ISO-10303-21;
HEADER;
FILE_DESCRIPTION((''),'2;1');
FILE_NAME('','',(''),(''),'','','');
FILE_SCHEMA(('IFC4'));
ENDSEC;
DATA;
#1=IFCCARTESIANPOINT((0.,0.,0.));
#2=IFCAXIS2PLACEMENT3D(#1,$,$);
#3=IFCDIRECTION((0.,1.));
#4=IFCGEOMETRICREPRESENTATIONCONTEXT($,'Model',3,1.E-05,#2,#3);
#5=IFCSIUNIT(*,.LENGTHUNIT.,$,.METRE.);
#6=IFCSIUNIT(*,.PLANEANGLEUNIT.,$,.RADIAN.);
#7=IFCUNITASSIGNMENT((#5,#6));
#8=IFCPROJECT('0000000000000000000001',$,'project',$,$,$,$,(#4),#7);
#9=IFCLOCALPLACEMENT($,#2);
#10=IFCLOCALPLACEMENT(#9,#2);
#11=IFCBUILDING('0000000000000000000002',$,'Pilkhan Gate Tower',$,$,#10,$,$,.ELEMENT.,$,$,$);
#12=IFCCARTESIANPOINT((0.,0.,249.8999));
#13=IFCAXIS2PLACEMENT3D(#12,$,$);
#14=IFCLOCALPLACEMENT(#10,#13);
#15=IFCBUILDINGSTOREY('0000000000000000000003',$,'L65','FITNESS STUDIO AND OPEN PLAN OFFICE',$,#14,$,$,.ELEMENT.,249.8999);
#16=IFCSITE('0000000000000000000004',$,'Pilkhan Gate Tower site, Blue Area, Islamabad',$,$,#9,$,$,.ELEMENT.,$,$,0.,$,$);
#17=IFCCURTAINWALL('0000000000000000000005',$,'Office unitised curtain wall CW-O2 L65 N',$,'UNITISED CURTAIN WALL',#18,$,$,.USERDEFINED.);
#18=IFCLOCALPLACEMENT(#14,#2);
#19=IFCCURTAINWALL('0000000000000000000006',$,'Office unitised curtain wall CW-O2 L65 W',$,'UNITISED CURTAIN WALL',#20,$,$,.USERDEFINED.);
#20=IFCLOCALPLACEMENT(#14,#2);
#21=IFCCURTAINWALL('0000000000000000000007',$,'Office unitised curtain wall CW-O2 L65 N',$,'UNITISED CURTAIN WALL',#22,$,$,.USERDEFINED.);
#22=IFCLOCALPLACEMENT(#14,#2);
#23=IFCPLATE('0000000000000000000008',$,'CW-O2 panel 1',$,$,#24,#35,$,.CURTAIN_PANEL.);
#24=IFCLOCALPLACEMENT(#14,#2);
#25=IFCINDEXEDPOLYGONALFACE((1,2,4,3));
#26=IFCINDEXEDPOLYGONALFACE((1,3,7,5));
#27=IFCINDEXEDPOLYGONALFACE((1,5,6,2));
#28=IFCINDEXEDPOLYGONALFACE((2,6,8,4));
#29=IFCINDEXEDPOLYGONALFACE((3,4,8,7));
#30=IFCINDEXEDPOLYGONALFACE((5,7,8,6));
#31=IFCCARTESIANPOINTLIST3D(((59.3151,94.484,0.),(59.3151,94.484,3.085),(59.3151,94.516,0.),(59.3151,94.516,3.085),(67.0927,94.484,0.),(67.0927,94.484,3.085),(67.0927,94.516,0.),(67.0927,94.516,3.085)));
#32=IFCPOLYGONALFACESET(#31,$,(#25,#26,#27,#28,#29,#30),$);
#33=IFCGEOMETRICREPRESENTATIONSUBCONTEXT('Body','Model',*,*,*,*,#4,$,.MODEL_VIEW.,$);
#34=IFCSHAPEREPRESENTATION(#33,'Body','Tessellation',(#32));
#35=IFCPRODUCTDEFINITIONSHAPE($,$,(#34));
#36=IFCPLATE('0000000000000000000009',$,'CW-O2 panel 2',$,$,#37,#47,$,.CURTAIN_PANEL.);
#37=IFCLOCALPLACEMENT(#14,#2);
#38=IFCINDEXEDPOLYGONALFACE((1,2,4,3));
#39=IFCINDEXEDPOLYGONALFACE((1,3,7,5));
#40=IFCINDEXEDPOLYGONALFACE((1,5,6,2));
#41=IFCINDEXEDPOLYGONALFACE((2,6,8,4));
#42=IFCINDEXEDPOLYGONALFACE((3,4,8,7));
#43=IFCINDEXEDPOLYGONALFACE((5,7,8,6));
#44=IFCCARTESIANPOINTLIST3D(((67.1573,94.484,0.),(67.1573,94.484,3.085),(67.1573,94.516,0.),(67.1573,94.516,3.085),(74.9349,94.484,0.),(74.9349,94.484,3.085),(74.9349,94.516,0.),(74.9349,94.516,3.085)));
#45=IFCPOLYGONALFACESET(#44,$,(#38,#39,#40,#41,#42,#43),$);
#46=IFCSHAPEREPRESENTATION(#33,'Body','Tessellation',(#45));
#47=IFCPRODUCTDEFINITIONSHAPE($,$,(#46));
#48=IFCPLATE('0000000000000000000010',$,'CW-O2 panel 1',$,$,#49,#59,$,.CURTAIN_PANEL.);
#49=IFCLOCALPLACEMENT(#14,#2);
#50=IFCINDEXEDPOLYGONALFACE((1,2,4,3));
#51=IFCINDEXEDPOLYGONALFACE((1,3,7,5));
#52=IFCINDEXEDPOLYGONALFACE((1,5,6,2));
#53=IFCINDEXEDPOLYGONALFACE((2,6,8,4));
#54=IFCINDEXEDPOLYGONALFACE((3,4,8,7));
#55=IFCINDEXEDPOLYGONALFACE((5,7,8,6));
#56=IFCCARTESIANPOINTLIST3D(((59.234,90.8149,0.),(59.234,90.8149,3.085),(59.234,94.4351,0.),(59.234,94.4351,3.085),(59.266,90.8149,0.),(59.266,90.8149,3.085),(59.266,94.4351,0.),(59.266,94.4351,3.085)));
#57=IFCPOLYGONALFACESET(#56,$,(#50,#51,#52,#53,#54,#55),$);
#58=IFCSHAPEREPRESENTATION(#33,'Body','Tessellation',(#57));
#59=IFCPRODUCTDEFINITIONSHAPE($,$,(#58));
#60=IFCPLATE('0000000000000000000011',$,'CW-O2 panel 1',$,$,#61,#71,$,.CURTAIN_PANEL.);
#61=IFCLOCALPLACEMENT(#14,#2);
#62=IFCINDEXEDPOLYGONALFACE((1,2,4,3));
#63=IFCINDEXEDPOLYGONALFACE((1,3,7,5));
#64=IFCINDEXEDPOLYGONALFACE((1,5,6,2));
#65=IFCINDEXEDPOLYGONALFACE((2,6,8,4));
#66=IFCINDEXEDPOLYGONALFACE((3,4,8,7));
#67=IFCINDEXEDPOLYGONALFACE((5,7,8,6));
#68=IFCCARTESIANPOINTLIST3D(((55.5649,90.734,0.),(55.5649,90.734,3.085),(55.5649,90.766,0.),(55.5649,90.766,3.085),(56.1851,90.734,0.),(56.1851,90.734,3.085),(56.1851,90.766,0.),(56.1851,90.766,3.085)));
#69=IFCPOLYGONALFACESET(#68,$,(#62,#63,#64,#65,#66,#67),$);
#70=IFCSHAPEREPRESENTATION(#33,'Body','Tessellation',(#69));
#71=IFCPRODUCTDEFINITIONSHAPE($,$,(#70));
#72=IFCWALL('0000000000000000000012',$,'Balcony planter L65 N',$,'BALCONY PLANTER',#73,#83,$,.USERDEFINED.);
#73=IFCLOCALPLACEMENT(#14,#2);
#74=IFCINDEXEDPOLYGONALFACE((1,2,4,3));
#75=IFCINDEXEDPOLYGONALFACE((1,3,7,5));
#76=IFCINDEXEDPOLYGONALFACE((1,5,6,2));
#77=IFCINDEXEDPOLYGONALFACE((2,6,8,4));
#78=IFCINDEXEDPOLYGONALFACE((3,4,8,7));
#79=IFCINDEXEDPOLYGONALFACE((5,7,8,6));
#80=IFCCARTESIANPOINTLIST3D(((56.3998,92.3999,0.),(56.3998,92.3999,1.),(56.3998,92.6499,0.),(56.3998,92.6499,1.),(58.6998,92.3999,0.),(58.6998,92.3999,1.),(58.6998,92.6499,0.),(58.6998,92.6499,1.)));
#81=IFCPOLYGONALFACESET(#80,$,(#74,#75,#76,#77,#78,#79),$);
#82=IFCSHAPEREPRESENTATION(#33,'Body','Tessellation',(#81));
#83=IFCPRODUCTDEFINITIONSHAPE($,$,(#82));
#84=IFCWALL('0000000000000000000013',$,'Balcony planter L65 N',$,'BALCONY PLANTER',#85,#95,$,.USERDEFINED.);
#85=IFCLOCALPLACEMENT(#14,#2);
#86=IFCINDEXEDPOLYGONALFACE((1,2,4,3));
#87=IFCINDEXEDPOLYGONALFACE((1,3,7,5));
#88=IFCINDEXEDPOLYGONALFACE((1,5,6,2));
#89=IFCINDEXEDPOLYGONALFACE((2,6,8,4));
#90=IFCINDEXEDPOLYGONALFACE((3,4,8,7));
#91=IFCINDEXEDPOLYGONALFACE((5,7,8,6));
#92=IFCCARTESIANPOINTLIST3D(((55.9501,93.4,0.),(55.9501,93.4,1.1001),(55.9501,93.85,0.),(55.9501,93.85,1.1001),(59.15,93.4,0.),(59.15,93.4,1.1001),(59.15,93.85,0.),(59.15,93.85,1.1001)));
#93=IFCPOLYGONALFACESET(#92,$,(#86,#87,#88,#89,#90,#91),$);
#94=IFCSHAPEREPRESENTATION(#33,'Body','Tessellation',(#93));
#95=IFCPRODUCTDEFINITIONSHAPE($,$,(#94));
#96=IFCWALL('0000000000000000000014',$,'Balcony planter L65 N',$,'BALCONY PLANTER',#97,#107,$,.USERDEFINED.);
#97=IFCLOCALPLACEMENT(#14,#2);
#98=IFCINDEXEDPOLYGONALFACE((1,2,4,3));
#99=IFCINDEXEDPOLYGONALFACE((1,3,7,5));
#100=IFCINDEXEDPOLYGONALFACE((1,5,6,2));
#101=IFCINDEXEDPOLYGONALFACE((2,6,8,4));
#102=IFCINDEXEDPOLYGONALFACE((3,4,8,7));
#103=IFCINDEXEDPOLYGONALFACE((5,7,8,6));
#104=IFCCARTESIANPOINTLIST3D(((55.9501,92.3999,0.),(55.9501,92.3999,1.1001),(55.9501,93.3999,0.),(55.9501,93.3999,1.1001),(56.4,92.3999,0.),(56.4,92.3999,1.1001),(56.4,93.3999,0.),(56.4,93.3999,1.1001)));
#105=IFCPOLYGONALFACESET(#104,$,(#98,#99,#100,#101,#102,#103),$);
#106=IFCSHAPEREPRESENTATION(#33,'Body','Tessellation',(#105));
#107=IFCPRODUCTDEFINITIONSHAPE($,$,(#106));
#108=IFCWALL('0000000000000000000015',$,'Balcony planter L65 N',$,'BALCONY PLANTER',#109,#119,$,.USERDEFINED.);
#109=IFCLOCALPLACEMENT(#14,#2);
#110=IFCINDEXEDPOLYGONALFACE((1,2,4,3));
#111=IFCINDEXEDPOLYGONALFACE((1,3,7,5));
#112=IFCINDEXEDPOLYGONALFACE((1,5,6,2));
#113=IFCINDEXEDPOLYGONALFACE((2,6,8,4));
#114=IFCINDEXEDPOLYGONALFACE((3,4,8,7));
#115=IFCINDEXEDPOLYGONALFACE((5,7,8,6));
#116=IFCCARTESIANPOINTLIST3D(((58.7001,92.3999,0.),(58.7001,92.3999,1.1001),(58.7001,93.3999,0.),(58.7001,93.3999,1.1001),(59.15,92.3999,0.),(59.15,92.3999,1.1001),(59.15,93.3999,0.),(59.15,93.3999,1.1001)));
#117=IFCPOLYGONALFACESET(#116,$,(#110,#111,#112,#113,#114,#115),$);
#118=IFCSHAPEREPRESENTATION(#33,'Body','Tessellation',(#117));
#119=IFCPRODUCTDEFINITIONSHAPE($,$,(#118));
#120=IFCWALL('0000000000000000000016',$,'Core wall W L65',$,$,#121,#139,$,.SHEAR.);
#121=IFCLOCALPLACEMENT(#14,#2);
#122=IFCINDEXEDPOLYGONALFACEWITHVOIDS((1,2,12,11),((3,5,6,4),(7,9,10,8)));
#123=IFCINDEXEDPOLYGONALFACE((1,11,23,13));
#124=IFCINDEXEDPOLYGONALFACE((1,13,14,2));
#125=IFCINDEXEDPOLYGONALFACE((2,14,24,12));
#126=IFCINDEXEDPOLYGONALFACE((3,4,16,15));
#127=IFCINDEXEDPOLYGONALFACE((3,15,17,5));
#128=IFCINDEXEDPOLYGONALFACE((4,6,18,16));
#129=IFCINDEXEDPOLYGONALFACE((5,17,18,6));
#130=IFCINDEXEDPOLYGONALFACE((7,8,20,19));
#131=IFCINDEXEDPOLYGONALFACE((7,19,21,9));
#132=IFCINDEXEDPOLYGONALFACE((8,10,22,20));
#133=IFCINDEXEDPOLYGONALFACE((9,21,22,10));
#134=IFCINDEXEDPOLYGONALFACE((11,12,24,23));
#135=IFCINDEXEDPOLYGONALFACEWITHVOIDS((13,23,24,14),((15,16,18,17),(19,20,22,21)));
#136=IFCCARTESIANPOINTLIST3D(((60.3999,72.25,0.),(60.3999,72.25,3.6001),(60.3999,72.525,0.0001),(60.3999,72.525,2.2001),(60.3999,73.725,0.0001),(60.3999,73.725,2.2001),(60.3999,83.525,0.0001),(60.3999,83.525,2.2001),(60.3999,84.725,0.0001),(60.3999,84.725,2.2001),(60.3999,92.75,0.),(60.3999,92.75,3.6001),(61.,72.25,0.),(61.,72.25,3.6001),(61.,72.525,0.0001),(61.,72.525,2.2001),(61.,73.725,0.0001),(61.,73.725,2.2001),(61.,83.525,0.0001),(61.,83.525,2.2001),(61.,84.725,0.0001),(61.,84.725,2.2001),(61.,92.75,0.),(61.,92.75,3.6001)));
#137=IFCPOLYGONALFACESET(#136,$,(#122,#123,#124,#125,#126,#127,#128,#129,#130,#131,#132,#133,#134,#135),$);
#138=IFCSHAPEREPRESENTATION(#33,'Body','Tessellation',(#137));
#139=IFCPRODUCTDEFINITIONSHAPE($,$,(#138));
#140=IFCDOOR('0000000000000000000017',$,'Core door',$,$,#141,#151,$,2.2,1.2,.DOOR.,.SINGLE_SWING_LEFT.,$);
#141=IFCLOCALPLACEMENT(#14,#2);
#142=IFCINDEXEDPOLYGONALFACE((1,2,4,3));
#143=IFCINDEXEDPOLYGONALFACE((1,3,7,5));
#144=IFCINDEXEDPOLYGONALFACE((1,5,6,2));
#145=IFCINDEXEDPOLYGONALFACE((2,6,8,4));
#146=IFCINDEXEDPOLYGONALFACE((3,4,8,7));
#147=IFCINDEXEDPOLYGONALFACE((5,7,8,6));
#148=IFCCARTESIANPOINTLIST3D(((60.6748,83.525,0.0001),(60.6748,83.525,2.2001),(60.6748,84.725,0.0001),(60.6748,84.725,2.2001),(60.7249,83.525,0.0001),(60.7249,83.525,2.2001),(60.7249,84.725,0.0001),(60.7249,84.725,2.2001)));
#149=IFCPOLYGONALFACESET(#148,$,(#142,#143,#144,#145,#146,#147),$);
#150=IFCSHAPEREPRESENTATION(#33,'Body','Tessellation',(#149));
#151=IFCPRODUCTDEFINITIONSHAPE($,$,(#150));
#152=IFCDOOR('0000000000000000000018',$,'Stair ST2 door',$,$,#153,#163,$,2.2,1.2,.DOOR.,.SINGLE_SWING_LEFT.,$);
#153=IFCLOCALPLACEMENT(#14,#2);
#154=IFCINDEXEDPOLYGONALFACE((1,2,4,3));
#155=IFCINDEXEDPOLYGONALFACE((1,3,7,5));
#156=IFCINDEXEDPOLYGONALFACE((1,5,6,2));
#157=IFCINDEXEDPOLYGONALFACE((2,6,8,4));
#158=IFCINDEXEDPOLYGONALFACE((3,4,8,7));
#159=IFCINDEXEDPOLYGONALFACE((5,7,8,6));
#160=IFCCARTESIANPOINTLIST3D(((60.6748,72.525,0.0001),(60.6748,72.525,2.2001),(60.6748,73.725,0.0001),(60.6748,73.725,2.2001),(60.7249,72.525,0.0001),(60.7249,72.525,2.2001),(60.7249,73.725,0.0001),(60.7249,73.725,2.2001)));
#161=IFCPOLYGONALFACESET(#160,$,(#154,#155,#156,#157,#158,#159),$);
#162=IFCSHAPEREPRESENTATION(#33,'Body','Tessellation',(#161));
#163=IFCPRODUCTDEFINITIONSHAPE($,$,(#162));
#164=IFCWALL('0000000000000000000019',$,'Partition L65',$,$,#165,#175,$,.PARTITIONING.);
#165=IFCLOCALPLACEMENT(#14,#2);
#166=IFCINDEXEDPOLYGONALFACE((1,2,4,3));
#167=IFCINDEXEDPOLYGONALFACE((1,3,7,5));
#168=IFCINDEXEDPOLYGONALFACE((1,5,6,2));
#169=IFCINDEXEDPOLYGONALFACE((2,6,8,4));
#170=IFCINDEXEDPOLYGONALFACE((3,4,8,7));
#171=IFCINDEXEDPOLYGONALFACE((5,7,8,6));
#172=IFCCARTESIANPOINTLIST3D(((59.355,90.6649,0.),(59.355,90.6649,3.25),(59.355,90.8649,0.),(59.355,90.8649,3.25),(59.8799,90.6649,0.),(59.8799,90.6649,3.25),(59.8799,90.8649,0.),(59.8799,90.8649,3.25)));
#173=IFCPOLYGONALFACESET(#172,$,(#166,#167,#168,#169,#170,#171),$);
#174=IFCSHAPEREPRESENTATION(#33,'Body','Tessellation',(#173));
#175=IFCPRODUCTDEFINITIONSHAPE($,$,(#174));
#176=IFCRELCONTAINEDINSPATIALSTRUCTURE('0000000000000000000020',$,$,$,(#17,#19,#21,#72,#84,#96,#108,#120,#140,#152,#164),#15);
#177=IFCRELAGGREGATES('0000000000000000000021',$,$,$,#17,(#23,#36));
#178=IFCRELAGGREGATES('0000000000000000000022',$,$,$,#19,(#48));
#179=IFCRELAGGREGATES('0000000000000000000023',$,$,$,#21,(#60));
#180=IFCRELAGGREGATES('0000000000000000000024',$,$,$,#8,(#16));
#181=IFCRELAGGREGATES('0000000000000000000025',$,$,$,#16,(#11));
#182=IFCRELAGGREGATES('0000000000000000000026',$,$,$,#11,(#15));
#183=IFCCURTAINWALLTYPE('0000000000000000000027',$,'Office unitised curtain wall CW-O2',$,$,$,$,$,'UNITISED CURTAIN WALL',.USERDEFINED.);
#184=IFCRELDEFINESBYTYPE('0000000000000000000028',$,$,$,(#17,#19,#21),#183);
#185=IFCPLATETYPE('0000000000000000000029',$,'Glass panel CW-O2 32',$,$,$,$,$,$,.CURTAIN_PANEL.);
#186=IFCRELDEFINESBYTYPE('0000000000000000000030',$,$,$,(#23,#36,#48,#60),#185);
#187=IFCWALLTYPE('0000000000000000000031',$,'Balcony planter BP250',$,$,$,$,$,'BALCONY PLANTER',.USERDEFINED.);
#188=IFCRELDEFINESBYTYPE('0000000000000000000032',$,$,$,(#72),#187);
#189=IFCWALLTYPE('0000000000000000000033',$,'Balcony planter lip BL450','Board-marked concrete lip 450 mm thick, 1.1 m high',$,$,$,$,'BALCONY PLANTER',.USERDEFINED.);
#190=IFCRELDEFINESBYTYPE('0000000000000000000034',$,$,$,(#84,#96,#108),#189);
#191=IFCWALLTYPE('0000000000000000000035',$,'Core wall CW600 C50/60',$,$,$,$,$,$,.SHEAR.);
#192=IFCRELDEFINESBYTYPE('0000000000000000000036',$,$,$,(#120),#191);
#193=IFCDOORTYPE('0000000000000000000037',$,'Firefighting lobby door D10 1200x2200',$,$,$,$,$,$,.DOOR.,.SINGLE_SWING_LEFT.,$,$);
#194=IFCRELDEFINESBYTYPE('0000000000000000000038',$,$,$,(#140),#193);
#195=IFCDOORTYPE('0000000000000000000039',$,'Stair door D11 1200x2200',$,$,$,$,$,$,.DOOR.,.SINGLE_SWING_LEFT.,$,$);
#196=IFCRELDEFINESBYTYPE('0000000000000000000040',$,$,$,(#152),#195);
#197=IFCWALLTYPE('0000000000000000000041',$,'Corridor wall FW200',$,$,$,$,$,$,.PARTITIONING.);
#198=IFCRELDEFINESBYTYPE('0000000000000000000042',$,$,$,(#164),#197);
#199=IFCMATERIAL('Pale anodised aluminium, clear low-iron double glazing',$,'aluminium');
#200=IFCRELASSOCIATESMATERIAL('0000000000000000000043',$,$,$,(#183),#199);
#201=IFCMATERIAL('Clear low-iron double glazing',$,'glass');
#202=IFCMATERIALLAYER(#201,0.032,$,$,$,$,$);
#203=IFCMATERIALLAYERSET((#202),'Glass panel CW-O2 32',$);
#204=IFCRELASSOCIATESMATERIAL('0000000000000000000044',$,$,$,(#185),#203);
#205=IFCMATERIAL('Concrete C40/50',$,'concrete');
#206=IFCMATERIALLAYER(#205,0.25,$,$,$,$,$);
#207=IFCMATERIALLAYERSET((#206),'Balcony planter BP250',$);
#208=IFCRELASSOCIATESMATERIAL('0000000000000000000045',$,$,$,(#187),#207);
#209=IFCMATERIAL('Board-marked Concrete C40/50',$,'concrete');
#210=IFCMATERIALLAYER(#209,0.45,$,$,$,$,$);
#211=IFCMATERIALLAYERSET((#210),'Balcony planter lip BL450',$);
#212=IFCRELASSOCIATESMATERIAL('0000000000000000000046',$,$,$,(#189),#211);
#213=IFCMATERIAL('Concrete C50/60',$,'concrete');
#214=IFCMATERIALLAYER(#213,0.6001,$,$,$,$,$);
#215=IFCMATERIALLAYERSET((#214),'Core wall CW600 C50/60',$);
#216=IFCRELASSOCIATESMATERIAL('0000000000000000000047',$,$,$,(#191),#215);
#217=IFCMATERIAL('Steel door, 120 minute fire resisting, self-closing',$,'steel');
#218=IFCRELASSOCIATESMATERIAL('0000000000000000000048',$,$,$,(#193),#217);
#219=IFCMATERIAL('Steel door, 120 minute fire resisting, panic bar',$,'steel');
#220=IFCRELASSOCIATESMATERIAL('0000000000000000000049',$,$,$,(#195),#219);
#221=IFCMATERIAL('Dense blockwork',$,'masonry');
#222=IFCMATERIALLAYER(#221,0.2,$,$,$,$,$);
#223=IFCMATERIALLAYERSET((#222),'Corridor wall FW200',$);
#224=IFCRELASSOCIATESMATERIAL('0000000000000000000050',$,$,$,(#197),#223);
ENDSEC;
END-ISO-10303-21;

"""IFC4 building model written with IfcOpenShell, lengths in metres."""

from ifc_helpers import new_model, si_unit, direction, frame, frame_2d, origin, origin_2d, place, context, subcontext, project, spatial, rectangle, extrude, material, layer, layer_set, type_object, element, fill, aggregate, save


model = new_model("IFC4")

# Units and contexts
model_context = context("Model", 3, precision=1e-05, world=origin(), true_north=direction((0.0, 1.0)))
body_context = subcontext(model_context, "Body", "Model", "MODEL_VIEW")
ifc_project = project(units=[si_unit("LENGTHUNIT", "METRE"), si_unit("PLANEANGLEUNIT", "RADIAN")], contexts=[model_context])

# Site, building, storey
site_placement = place(None, origin())
site = spatial("IfcSite", under=ifc_project, at=site_placement, Name="Pilkhan Gate Tower site, Blue Area, Islamabad", CompositionType="ELEMENT", RefElevation=0.0)
building_placement = place(site_placement, origin())
building = spatial("IfcBuilding", under=site, at=building_placement, Name="Pilkhan Gate Tower", CompositionType="ELEMENT")
storey_placement = place(building_placement, frame((0.0, 0.0, 249.8999)))
storey = spatial("IfcBuildingStorey", under=building, at=storey_placement, Name="L65", Description="FITNESS STUDIO AND OPEN PLAN OFFICE", CompositionType="ELEMENT", Elevation=249.8999)

# Shared definitions
ifc_material_1 = material(Name="Concrete C50/60", Category="concrete")

# Curtain walls
ifc_material_2 = material(Name="Pale anodised aluminium, clear low-iron double glazing", Category="aluminium")
curtain_wall_type = type_object("IfcCurtainWallType", Name="Office unitised curtain wall CW-O2", ElementType="UNITISED CURTAIN WALL", PredefinedType="USERDEFINED", material=ifc_material_2)
curtain_wall_1_placement = place(storey_placement, origin())
curtain_wall_1 = element("IfcCurtainWall", 1, at=curtain_wall_1_placement, inside=storey, type_object=curtain_wall_type, Name="Office unitised curtain wall CW-O2 L65 N", ObjectType="UNITISED CURTAIN WALL", PredefinedType="USERDEFINED")
curtain_wall_2_placement = place(storey_placement, origin())
curtain_wall_2 = element("IfcCurtainWall", 2, at=curtain_wall_2_placement, inside=storey, type_object=curtain_wall_type, Name="Office unitised curtain wall CW-O2 L65 W", ObjectType="UNITISED CURTAIN WALL", PredefinedType="USERDEFINED")
curtain_wall_3_placement = place(storey_placement, origin())
curtain_wall_3 = element("IfcCurtainWall", 3, at=curtain_wall_3_placement, inside=storey, type_object=curtain_wall_type, Name="Office unitised curtain wall CW-O2 L65 N", ObjectType="UNITISED CURTAIN WALL", PredefinedType="USERDEFINED")

# Plates
ifc_material_3 = material(Name="Clear low-iron double glazing", Category="glass")
ifc_layer_1 = layer(ifc_material_3, 0.032)
ifc_layer_set_1 = layer_set([ifc_layer_1], Name="Glass panel CW-O2 32")
plate_type = type_object("IfcPlateType", Name="Glass panel CW-O2 32", PredefinedType="CURTAIN_PANEL", material=ifc_layer_set_1)
plate_1_placement = place(storey_placement, frame((63.2039, 94.5, 0.0), z_axis=(0.0, 0.0, 1.0), x_axis=(1.0, 0.0, 0.0)))
plate_1 = element("IfcPlate", 4, at=plate_1_placement, type_object=plate_type, Name="CW-O2 panel 1", PredefinedType="CURTAIN_PANEL", context=body_context, shape_type="SweptSolid", body=[
    extrude(rectangle(XDim=7.7776, YDim=0.032, at=origin_2d()), origin(), (0.0, 0.0, 1.0), 3.085),
])
plate_2_placement = place(storey_placement, frame((71.0461, 94.5, 0.0), z_axis=(0.0, 0.0, 1.0), x_axis=(1.0, 0.0, 0.0)))
plate_2 = element("IfcPlate", 5, at=plate_2_placement, type_object=plate_type, Name="CW-O2 panel 2", PredefinedType="CURTAIN_PANEL", context=body_context, shape_type="SweptSolid", body=[
    extrude(rectangle(XDim=7.7776, YDim=0.032, at=origin_2d()), origin(), (0.0, 0.0, 1.0), 3.085),
])
aggregate(curtain_wall_1, [plate_1, plate_2])
plate_3_placement = place(storey_placement, frame((59.25, 92.625, 0.0), z_axis=(0.0, 0.0, 1.0), x_axis=(0.0, 1.0, 0.0)))
plate_3 = element("IfcPlate", 6, at=plate_3_placement, type_object=plate_type, Name="CW-O2 panel 1", PredefinedType="CURTAIN_PANEL", context=body_context, shape_type="SweptSolid", body=[
    extrude(rectangle(XDim=3.6201, YDim=0.032, at=origin_2d()), origin(), (0.0, 0.0, 1.0), 3.085),
])
aggregate(curtain_wall_2, [plate_3])
plate_4_placement = place(storey_placement, frame((55.875, 90.75, 0.0), z_axis=(0.0, 0.0, 1.0), x_axis=(1.0, 0.0, 0.0)))
plate_4 = element("IfcPlate", 7, at=plate_4_placement, type_object=plate_type, Name="CW-O2 panel 1", PredefinedType="CURTAIN_PANEL", context=body_context, shape_type="SweptSolid", body=[
    extrude(rectangle(XDim=0.6201, YDim=0.032, at=origin_2d()), origin(), (0.0, 0.0, 1.0), 3.085),
])
aggregate(curtain_wall_3, [plate_4])

# Walls
ifc_material_4 = material(Name="Concrete C40/50", Category="concrete")
ifc_layer_2 = layer(ifc_material_4, 0.25)
ifc_layer_set_2 = layer_set([ifc_layer_2], Name="Balcony planter BP250")
wall_type_1 = type_object("IfcWallType", Name="Balcony planter BP250", ElementType="BALCONY PLANTER", PredefinedType="USERDEFINED", material=ifc_layer_set_2)
wall_1_placement = place(storey_placement, frame((56.3999, 92.5249, 0.0), z_axis=(0.0, 0.0, 1.0), x_axis=(1.0, 0.0, 0.0)))
element("IfcWall", 8, at=wall_1_placement, inside=storey, type_object=wall_type_1, Name="Balcony planter L65 N", ObjectType="BALCONY PLANTER", PredefinedType="USERDEFINED", context=body_context, shape_type="SweptSolid", body=[
    extrude(rectangle(XDim=2.3, YDim=0.25, at=frame_2d((1.1499, 0.0))), origin(), (0.0, 0.0, 1.0), 1.0),
])
ifc_material_5 = material(Name="Board-marked Concrete C40/50", Category="concrete")
ifc_layer_3 = layer(ifc_material_5, 0.45)
ifc_layer_set_3 = layer_set([ifc_layer_3], Name="Balcony planter lip BL450")
wall_type_2 = type_object("IfcWallType", Name="Balcony planter lip BL450", Description="Board-marked concrete lip 450 mm thick, 1.1 m high", ElementType="BALCONY PLANTER", PredefinedType="USERDEFINED", material=ifc_layer_set_3)
wall_2_placement = place(storey_placement, frame((55.95, 93.625, 0.0), z_axis=(0.0, 0.0, 1.0), x_axis=(1.0, 0.0, 0.0)))
element("IfcWall", 9, at=wall_2_placement, inside=storey, type_object=wall_type_2, Name="Balcony planter L65 N", ObjectType="BALCONY PLANTER", PredefinedType="USERDEFINED", context=body_context, shape_type="SweptSolid", body=[
    extrude(rectangle(XDim=3.2, YDim=0.45, at=frame_2d((1.6001, 0.0))), origin(), (0.0, 0.0, 1.0), 1.1001),
])
for number, where, z_axis, x_axis, name in (
    (10, (56.175, 92.3999, 0.0), (0.0, 0.0, 1.0), (0.0, 1.0, 0.0), "Balcony planter L65 N"),
    (11, (58.925, 92.3999, 0.0), (0.0, 0.0, 1.0), (0.0, 1.0, 0.0), "Balcony planter L65 N"),
):
    element("IfcWall", number, at=place(storey_placement, frame(where, z_axis=z_axis, x_axis=x_axis)), inside=storey, type_object=wall_type_2, Name=name, ObjectType="BALCONY PLANTER", PredefinedType="USERDEFINED", context=body_context, shape_type="SweptSolid", body=[
        extrude(rectangle(XDim=1.0, YDim=0.45, at=frame_2d((0.5, 0.0))), origin(), (0.0, 0.0, 1.0), 1.1001),
    ])

# Wall, openings, doors
ifc_layer_4 = layer(ifc_material_1, 0.6001)
ifc_layer_set_4 = layer_set([ifc_layer_4], Name="Core wall CW600 C50/60")
wall_type_3 = type_object("IfcWallType", Name="Core wall CW600 C50/60", PredefinedType="SHEAR", material=ifc_layer_set_4)
wall_3_placement = place(storey_placement, frame((60.7, 92.75, 0.0), z_axis=(0.0, 0.0, 1.0), x_axis=(0.0, -1.0, 0.0)))
wall_3 = element("IfcWall", 12, at=wall_3_placement, inside=storey, type_object=wall_type_3, Name="Core wall W L65", PredefinedType="SHEAR", context=body_context, shape_type="SweptSolid", body=[
    extrude(rectangle(XDim=20.5, YDim=0.6001, at=frame_2d((10.25, 0.0))), origin(), (0.0, 0.0, 1.0), 3.6001),
])
opening_1_placement = place(wall_3_placement, frame((19.0249, 0.0, 0.0)))
opening_1 = element("IfcOpeningElement", 13, at=opening_1_placement, cuts=wall_3, PredefinedType="OPENING", context=body_context, shape_type="SweptSolid", body=[
    extrude(rectangle(XDim=1.2, YDim=2.2, at=frame_2d((0.6001, 1.1001))), frame((0.0, 0.3101, 0.0), z_axis=(0.0, -1.0, 0.0), x_axis=(1.0, 0.0, 0.0)), (0.0, 0.0, 1.0), 0.6201),
])
opening_2_placement = place(wall_3_placement, frame((8.0249, 0.0, 0.0)))
opening_2 = element("IfcOpeningElement", 14, at=opening_2_placement, cuts=wall_3, PredefinedType="OPENING", context=body_context, shape_type="SweptSolid", body=[
    extrude(rectangle(XDim=1.2, YDim=2.2, at=frame_2d((0.6001, 1.1001))), frame((0.0, 0.3101, 0.0), z_axis=(0.0, -1.0, 0.0), x_axis=(1.0, 0.0, 0.0)), (0.0, 0.0, 1.0), 0.6201),
])
ifc_material_6 = material(Name="Steel door, 120 minute fire resisting, self-closing", Category="steel")
door_type_1 = type_object("IfcDoorType", Name="Firefighting lobby door D10 1200x2200", OperationType="SINGLE_SWING_LEFT", PredefinedType="DOOR", material=ifc_material_6)
door_1_placement = place(opening_2_placement, origin())
door_1 = element("IfcDoor", 15, at=door_1_placement, inside=storey, type_object=door_type_1, Name="Core door", OperationType="SINGLE_SWING_LEFT", OverallHeight=2.2, OverallWidth=1.2, PredefinedType="DOOR", context=body_context, shape_type="SweptSolid", body=[
    extrude(rectangle(XDim=1.2, YDim=2.2, at=frame_2d((0.6001, 1.1001))), frame((0.0, 0.0249, 0.0), z_axis=(0.0, -1.0, 0.0), x_axis=(1.0, 0.0, 0.0)), (0.0, 0.0, 1.0), 0.05),
])
fill(opening_2, door_1)
ifc_material_7 = material(Name="Steel door, 120 minute fire resisting, panic bar", Category="steel")
door_type_2 = type_object("IfcDoorType", Name="Stair door D11 1200x2200", OperationType="SINGLE_SWING_LEFT", PredefinedType="DOOR", material=ifc_material_7)
door_2_placement = place(opening_1_placement, origin())
door_2 = element("IfcDoor", 16, at=door_2_placement, inside=storey, type_object=door_type_2, Name="Stair ST2 door", OperationType="SINGLE_SWING_LEFT", OverallHeight=2.2, OverallWidth=1.2, PredefinedType="DOOR", context=body_context, shape_type="SweptSolid", body=[
    extrude(rectangle(XDim=1.2, YDim=2.2, at=frame_2d((0.6001, 1.1001))), frame((0.0, 0.0249, 0.0), z_axis=(0.0, -1.0, 0.0), x_axis=(1.0, 0.0, 0.0)), (0.0, 0.0, 1.0), 0.05),
])
fill(opening_1, door_2)

# Wall
ifc_material_8 = material(Name="Dense blockwork", Category="masonry")
ifc_layer_5 = layer(ifc_material_8, 0.2)
ifc_layer_set_5 = layer_set([ifc_layer_5], Name="Corridor wall FW200")
wall_type_4 = type_object("IfcWallType", Name="Corridor wall FW200", PredefinedType="PARTITIONING", material=ifc_layer_set_5)
wall_4_placement = place(storey_placement, frame((59.355, 90.7649, 0.0), z_axis=(0.0, 0.0, 1.0), x_axis=(1.0, 0.0, 0.0)))
element("IfcWall", 17, at=wall_4_placement, inside=storey, type_object=wall_type_4, Name="Partition L65", PredefinedType="PARTITIONING", context=body_context, shape_type="SweptSolid", body=[
    extrude(rectangle(XDim=0.5249, YDim=0.2, at=frame_2d((0.2625, 0.0))), origin(), (0.0, 0.0, 1.0), 3.25),
])

save(model, "model.ifc")
